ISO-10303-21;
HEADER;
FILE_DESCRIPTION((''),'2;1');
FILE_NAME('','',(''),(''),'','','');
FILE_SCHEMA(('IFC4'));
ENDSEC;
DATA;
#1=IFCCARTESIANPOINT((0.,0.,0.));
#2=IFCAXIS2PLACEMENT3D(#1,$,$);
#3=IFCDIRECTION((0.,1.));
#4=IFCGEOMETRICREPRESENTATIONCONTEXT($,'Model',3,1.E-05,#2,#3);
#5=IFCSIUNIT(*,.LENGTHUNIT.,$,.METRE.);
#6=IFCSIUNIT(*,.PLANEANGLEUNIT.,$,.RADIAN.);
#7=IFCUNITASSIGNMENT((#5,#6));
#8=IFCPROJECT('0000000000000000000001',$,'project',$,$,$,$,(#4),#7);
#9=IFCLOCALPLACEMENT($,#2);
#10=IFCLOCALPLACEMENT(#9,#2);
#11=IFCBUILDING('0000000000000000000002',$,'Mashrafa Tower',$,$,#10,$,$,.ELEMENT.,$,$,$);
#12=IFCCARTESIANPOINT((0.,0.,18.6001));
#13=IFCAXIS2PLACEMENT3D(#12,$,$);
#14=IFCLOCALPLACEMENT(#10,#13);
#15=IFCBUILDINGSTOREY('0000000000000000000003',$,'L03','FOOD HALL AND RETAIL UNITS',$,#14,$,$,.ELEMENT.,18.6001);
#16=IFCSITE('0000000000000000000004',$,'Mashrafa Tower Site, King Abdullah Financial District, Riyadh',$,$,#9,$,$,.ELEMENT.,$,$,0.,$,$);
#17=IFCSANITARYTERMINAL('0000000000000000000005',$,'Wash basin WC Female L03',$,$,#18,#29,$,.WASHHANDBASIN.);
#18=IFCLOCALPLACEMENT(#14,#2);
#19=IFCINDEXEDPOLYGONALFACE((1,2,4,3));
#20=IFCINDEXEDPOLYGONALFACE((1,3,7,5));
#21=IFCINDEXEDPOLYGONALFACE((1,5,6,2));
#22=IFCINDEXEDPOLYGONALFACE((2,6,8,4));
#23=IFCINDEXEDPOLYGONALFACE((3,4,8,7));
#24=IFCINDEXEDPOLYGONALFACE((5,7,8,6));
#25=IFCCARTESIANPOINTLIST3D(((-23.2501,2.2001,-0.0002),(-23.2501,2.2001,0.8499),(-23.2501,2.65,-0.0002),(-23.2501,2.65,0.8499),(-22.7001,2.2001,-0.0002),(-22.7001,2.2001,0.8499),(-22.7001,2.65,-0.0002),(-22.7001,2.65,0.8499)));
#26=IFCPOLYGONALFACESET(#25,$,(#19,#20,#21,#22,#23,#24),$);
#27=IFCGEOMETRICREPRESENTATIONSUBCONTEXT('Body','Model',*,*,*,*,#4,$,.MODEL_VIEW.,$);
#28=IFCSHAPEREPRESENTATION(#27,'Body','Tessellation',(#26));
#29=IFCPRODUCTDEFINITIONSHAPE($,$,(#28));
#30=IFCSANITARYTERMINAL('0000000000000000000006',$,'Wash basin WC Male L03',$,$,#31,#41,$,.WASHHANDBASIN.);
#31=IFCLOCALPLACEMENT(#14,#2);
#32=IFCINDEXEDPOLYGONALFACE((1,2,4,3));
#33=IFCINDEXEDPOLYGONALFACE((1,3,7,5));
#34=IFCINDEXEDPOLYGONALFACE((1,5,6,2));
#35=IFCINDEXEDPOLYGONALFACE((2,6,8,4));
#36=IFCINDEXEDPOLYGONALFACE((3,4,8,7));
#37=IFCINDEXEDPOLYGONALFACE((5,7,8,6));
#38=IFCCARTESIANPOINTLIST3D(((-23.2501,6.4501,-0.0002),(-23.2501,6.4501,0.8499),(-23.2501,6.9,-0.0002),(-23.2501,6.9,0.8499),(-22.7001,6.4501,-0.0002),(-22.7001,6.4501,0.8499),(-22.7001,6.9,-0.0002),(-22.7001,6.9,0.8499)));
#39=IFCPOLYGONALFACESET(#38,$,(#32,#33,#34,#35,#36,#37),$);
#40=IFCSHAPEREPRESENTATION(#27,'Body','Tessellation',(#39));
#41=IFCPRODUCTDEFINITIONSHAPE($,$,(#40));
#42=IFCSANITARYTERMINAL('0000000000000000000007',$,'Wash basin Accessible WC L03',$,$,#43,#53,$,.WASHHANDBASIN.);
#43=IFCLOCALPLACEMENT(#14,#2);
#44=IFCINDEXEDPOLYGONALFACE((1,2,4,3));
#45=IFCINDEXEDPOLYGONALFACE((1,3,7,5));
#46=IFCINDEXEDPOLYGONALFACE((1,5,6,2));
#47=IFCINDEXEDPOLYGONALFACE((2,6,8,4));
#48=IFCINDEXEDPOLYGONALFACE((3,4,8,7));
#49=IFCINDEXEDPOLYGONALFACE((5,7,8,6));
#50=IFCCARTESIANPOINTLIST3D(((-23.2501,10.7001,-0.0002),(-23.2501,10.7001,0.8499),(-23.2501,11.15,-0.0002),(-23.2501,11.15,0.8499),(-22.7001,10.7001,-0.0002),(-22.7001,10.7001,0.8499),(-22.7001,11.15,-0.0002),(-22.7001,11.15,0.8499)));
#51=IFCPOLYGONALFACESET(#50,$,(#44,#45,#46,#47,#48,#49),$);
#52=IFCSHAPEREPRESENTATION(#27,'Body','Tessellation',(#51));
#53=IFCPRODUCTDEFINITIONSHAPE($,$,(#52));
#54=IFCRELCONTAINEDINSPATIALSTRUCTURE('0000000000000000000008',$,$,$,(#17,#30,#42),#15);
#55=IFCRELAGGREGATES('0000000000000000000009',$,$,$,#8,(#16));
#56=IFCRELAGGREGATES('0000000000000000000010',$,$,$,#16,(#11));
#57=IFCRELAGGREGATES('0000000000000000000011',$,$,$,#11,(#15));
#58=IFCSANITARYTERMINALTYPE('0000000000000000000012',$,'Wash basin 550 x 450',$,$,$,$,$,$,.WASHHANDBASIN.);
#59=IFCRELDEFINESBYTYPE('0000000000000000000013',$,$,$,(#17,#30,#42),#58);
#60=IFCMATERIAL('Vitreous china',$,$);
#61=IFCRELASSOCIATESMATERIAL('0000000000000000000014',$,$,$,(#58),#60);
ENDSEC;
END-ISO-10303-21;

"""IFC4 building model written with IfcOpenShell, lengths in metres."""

from ifc_helpers import new_model, si_unit, direction, frame, origin, origin_2d, place, context, subcontext, project, spatial, rectangle, extrude, material, type_object, element, save


model = new_model("IFC4")

# Units and contexts
model_context = context("Model", 3, precision=1e-05, world=origin(), true_north=direction((0.0, 1.0)))
body_context = subcontext(model_context, "Body", "Model", "MODEL_VIEW")
ifc_project = project(units=[si_unit("LENGTHUNIT", "METRE"), si_unit("PLANEANGLEUNIT", "RADIAN")], contexts=[model_context])

# Site, building, storey
site_placement = place(None, origin())
site = spatial("IfcSite", under=ifc_project, at=site_placement, Name="Mashrafa Tower Site, King Abdullah Financial District, Riyadh", CompositionType="ELEMENT", RefElevation=0.0)
building_placement = place(site_placement, origin())
building = spatial("IfcBuilding", under=site, at=building_placement, Name="Mashrafa Tower", CompositionType="ELEMENT")
storey_placement = place(building_placement, frame((0.0, 0.0, 18.6001)))
storey = spatial("IfcBuildingStorey", under=building, at=storey_placement, Name="L03", Description="FOOD HALL AND RETAIL UNITS", CompositionType="ELEMENT", Elevation=18.6001)

# Sanitary terminals
ifc_material_1 = material(Name="Vitreous china")
sanitary_terminal_type_1 = type_object("IfcSanitaryTerminalType", Name="Wash basin 550 x 450", PredefinedType="WASHHANDBASIN", material=ifc_material_1)
for number, where, z_axis, x_axis, name in (
    (1, (-22.9751, 2.425, -0.0002), (0.0, 0.0, 1.0), (1.0, 0.0, 0.0), "Wash basin WC Female L03"),
    (2, (-22.9751, 6.675, -0.0002), (0.0, 0.0, 1.0), (1.0, 0.0, 0.0), "Wash basin WC Male L03"),
    (3, (-22.9751, 10.925, -0.0002), (0.0, 0.0, 1.0), (1.0, 0.0, 0.0), "Wash basin Accessible WC L03"),
):
    element("IfcSanitaryTerminal", number, at=place(storey_placement, frame(where, z_axis=z_axis, x_axis=x_axis)), inside=storey, type_object=sanitary_terminal_type_1, Name=name, PredefinedType="WASHHANDBASIN", context=body_context, shape_type="SweptSolid", body=[
        extrude(rectangle(XDim=0.55, YDim=0.45, at=origin_2d()), origin(), (0.0, 0.0, 1.0), 0.8501),
    ])

save(model, "model.ifc")
